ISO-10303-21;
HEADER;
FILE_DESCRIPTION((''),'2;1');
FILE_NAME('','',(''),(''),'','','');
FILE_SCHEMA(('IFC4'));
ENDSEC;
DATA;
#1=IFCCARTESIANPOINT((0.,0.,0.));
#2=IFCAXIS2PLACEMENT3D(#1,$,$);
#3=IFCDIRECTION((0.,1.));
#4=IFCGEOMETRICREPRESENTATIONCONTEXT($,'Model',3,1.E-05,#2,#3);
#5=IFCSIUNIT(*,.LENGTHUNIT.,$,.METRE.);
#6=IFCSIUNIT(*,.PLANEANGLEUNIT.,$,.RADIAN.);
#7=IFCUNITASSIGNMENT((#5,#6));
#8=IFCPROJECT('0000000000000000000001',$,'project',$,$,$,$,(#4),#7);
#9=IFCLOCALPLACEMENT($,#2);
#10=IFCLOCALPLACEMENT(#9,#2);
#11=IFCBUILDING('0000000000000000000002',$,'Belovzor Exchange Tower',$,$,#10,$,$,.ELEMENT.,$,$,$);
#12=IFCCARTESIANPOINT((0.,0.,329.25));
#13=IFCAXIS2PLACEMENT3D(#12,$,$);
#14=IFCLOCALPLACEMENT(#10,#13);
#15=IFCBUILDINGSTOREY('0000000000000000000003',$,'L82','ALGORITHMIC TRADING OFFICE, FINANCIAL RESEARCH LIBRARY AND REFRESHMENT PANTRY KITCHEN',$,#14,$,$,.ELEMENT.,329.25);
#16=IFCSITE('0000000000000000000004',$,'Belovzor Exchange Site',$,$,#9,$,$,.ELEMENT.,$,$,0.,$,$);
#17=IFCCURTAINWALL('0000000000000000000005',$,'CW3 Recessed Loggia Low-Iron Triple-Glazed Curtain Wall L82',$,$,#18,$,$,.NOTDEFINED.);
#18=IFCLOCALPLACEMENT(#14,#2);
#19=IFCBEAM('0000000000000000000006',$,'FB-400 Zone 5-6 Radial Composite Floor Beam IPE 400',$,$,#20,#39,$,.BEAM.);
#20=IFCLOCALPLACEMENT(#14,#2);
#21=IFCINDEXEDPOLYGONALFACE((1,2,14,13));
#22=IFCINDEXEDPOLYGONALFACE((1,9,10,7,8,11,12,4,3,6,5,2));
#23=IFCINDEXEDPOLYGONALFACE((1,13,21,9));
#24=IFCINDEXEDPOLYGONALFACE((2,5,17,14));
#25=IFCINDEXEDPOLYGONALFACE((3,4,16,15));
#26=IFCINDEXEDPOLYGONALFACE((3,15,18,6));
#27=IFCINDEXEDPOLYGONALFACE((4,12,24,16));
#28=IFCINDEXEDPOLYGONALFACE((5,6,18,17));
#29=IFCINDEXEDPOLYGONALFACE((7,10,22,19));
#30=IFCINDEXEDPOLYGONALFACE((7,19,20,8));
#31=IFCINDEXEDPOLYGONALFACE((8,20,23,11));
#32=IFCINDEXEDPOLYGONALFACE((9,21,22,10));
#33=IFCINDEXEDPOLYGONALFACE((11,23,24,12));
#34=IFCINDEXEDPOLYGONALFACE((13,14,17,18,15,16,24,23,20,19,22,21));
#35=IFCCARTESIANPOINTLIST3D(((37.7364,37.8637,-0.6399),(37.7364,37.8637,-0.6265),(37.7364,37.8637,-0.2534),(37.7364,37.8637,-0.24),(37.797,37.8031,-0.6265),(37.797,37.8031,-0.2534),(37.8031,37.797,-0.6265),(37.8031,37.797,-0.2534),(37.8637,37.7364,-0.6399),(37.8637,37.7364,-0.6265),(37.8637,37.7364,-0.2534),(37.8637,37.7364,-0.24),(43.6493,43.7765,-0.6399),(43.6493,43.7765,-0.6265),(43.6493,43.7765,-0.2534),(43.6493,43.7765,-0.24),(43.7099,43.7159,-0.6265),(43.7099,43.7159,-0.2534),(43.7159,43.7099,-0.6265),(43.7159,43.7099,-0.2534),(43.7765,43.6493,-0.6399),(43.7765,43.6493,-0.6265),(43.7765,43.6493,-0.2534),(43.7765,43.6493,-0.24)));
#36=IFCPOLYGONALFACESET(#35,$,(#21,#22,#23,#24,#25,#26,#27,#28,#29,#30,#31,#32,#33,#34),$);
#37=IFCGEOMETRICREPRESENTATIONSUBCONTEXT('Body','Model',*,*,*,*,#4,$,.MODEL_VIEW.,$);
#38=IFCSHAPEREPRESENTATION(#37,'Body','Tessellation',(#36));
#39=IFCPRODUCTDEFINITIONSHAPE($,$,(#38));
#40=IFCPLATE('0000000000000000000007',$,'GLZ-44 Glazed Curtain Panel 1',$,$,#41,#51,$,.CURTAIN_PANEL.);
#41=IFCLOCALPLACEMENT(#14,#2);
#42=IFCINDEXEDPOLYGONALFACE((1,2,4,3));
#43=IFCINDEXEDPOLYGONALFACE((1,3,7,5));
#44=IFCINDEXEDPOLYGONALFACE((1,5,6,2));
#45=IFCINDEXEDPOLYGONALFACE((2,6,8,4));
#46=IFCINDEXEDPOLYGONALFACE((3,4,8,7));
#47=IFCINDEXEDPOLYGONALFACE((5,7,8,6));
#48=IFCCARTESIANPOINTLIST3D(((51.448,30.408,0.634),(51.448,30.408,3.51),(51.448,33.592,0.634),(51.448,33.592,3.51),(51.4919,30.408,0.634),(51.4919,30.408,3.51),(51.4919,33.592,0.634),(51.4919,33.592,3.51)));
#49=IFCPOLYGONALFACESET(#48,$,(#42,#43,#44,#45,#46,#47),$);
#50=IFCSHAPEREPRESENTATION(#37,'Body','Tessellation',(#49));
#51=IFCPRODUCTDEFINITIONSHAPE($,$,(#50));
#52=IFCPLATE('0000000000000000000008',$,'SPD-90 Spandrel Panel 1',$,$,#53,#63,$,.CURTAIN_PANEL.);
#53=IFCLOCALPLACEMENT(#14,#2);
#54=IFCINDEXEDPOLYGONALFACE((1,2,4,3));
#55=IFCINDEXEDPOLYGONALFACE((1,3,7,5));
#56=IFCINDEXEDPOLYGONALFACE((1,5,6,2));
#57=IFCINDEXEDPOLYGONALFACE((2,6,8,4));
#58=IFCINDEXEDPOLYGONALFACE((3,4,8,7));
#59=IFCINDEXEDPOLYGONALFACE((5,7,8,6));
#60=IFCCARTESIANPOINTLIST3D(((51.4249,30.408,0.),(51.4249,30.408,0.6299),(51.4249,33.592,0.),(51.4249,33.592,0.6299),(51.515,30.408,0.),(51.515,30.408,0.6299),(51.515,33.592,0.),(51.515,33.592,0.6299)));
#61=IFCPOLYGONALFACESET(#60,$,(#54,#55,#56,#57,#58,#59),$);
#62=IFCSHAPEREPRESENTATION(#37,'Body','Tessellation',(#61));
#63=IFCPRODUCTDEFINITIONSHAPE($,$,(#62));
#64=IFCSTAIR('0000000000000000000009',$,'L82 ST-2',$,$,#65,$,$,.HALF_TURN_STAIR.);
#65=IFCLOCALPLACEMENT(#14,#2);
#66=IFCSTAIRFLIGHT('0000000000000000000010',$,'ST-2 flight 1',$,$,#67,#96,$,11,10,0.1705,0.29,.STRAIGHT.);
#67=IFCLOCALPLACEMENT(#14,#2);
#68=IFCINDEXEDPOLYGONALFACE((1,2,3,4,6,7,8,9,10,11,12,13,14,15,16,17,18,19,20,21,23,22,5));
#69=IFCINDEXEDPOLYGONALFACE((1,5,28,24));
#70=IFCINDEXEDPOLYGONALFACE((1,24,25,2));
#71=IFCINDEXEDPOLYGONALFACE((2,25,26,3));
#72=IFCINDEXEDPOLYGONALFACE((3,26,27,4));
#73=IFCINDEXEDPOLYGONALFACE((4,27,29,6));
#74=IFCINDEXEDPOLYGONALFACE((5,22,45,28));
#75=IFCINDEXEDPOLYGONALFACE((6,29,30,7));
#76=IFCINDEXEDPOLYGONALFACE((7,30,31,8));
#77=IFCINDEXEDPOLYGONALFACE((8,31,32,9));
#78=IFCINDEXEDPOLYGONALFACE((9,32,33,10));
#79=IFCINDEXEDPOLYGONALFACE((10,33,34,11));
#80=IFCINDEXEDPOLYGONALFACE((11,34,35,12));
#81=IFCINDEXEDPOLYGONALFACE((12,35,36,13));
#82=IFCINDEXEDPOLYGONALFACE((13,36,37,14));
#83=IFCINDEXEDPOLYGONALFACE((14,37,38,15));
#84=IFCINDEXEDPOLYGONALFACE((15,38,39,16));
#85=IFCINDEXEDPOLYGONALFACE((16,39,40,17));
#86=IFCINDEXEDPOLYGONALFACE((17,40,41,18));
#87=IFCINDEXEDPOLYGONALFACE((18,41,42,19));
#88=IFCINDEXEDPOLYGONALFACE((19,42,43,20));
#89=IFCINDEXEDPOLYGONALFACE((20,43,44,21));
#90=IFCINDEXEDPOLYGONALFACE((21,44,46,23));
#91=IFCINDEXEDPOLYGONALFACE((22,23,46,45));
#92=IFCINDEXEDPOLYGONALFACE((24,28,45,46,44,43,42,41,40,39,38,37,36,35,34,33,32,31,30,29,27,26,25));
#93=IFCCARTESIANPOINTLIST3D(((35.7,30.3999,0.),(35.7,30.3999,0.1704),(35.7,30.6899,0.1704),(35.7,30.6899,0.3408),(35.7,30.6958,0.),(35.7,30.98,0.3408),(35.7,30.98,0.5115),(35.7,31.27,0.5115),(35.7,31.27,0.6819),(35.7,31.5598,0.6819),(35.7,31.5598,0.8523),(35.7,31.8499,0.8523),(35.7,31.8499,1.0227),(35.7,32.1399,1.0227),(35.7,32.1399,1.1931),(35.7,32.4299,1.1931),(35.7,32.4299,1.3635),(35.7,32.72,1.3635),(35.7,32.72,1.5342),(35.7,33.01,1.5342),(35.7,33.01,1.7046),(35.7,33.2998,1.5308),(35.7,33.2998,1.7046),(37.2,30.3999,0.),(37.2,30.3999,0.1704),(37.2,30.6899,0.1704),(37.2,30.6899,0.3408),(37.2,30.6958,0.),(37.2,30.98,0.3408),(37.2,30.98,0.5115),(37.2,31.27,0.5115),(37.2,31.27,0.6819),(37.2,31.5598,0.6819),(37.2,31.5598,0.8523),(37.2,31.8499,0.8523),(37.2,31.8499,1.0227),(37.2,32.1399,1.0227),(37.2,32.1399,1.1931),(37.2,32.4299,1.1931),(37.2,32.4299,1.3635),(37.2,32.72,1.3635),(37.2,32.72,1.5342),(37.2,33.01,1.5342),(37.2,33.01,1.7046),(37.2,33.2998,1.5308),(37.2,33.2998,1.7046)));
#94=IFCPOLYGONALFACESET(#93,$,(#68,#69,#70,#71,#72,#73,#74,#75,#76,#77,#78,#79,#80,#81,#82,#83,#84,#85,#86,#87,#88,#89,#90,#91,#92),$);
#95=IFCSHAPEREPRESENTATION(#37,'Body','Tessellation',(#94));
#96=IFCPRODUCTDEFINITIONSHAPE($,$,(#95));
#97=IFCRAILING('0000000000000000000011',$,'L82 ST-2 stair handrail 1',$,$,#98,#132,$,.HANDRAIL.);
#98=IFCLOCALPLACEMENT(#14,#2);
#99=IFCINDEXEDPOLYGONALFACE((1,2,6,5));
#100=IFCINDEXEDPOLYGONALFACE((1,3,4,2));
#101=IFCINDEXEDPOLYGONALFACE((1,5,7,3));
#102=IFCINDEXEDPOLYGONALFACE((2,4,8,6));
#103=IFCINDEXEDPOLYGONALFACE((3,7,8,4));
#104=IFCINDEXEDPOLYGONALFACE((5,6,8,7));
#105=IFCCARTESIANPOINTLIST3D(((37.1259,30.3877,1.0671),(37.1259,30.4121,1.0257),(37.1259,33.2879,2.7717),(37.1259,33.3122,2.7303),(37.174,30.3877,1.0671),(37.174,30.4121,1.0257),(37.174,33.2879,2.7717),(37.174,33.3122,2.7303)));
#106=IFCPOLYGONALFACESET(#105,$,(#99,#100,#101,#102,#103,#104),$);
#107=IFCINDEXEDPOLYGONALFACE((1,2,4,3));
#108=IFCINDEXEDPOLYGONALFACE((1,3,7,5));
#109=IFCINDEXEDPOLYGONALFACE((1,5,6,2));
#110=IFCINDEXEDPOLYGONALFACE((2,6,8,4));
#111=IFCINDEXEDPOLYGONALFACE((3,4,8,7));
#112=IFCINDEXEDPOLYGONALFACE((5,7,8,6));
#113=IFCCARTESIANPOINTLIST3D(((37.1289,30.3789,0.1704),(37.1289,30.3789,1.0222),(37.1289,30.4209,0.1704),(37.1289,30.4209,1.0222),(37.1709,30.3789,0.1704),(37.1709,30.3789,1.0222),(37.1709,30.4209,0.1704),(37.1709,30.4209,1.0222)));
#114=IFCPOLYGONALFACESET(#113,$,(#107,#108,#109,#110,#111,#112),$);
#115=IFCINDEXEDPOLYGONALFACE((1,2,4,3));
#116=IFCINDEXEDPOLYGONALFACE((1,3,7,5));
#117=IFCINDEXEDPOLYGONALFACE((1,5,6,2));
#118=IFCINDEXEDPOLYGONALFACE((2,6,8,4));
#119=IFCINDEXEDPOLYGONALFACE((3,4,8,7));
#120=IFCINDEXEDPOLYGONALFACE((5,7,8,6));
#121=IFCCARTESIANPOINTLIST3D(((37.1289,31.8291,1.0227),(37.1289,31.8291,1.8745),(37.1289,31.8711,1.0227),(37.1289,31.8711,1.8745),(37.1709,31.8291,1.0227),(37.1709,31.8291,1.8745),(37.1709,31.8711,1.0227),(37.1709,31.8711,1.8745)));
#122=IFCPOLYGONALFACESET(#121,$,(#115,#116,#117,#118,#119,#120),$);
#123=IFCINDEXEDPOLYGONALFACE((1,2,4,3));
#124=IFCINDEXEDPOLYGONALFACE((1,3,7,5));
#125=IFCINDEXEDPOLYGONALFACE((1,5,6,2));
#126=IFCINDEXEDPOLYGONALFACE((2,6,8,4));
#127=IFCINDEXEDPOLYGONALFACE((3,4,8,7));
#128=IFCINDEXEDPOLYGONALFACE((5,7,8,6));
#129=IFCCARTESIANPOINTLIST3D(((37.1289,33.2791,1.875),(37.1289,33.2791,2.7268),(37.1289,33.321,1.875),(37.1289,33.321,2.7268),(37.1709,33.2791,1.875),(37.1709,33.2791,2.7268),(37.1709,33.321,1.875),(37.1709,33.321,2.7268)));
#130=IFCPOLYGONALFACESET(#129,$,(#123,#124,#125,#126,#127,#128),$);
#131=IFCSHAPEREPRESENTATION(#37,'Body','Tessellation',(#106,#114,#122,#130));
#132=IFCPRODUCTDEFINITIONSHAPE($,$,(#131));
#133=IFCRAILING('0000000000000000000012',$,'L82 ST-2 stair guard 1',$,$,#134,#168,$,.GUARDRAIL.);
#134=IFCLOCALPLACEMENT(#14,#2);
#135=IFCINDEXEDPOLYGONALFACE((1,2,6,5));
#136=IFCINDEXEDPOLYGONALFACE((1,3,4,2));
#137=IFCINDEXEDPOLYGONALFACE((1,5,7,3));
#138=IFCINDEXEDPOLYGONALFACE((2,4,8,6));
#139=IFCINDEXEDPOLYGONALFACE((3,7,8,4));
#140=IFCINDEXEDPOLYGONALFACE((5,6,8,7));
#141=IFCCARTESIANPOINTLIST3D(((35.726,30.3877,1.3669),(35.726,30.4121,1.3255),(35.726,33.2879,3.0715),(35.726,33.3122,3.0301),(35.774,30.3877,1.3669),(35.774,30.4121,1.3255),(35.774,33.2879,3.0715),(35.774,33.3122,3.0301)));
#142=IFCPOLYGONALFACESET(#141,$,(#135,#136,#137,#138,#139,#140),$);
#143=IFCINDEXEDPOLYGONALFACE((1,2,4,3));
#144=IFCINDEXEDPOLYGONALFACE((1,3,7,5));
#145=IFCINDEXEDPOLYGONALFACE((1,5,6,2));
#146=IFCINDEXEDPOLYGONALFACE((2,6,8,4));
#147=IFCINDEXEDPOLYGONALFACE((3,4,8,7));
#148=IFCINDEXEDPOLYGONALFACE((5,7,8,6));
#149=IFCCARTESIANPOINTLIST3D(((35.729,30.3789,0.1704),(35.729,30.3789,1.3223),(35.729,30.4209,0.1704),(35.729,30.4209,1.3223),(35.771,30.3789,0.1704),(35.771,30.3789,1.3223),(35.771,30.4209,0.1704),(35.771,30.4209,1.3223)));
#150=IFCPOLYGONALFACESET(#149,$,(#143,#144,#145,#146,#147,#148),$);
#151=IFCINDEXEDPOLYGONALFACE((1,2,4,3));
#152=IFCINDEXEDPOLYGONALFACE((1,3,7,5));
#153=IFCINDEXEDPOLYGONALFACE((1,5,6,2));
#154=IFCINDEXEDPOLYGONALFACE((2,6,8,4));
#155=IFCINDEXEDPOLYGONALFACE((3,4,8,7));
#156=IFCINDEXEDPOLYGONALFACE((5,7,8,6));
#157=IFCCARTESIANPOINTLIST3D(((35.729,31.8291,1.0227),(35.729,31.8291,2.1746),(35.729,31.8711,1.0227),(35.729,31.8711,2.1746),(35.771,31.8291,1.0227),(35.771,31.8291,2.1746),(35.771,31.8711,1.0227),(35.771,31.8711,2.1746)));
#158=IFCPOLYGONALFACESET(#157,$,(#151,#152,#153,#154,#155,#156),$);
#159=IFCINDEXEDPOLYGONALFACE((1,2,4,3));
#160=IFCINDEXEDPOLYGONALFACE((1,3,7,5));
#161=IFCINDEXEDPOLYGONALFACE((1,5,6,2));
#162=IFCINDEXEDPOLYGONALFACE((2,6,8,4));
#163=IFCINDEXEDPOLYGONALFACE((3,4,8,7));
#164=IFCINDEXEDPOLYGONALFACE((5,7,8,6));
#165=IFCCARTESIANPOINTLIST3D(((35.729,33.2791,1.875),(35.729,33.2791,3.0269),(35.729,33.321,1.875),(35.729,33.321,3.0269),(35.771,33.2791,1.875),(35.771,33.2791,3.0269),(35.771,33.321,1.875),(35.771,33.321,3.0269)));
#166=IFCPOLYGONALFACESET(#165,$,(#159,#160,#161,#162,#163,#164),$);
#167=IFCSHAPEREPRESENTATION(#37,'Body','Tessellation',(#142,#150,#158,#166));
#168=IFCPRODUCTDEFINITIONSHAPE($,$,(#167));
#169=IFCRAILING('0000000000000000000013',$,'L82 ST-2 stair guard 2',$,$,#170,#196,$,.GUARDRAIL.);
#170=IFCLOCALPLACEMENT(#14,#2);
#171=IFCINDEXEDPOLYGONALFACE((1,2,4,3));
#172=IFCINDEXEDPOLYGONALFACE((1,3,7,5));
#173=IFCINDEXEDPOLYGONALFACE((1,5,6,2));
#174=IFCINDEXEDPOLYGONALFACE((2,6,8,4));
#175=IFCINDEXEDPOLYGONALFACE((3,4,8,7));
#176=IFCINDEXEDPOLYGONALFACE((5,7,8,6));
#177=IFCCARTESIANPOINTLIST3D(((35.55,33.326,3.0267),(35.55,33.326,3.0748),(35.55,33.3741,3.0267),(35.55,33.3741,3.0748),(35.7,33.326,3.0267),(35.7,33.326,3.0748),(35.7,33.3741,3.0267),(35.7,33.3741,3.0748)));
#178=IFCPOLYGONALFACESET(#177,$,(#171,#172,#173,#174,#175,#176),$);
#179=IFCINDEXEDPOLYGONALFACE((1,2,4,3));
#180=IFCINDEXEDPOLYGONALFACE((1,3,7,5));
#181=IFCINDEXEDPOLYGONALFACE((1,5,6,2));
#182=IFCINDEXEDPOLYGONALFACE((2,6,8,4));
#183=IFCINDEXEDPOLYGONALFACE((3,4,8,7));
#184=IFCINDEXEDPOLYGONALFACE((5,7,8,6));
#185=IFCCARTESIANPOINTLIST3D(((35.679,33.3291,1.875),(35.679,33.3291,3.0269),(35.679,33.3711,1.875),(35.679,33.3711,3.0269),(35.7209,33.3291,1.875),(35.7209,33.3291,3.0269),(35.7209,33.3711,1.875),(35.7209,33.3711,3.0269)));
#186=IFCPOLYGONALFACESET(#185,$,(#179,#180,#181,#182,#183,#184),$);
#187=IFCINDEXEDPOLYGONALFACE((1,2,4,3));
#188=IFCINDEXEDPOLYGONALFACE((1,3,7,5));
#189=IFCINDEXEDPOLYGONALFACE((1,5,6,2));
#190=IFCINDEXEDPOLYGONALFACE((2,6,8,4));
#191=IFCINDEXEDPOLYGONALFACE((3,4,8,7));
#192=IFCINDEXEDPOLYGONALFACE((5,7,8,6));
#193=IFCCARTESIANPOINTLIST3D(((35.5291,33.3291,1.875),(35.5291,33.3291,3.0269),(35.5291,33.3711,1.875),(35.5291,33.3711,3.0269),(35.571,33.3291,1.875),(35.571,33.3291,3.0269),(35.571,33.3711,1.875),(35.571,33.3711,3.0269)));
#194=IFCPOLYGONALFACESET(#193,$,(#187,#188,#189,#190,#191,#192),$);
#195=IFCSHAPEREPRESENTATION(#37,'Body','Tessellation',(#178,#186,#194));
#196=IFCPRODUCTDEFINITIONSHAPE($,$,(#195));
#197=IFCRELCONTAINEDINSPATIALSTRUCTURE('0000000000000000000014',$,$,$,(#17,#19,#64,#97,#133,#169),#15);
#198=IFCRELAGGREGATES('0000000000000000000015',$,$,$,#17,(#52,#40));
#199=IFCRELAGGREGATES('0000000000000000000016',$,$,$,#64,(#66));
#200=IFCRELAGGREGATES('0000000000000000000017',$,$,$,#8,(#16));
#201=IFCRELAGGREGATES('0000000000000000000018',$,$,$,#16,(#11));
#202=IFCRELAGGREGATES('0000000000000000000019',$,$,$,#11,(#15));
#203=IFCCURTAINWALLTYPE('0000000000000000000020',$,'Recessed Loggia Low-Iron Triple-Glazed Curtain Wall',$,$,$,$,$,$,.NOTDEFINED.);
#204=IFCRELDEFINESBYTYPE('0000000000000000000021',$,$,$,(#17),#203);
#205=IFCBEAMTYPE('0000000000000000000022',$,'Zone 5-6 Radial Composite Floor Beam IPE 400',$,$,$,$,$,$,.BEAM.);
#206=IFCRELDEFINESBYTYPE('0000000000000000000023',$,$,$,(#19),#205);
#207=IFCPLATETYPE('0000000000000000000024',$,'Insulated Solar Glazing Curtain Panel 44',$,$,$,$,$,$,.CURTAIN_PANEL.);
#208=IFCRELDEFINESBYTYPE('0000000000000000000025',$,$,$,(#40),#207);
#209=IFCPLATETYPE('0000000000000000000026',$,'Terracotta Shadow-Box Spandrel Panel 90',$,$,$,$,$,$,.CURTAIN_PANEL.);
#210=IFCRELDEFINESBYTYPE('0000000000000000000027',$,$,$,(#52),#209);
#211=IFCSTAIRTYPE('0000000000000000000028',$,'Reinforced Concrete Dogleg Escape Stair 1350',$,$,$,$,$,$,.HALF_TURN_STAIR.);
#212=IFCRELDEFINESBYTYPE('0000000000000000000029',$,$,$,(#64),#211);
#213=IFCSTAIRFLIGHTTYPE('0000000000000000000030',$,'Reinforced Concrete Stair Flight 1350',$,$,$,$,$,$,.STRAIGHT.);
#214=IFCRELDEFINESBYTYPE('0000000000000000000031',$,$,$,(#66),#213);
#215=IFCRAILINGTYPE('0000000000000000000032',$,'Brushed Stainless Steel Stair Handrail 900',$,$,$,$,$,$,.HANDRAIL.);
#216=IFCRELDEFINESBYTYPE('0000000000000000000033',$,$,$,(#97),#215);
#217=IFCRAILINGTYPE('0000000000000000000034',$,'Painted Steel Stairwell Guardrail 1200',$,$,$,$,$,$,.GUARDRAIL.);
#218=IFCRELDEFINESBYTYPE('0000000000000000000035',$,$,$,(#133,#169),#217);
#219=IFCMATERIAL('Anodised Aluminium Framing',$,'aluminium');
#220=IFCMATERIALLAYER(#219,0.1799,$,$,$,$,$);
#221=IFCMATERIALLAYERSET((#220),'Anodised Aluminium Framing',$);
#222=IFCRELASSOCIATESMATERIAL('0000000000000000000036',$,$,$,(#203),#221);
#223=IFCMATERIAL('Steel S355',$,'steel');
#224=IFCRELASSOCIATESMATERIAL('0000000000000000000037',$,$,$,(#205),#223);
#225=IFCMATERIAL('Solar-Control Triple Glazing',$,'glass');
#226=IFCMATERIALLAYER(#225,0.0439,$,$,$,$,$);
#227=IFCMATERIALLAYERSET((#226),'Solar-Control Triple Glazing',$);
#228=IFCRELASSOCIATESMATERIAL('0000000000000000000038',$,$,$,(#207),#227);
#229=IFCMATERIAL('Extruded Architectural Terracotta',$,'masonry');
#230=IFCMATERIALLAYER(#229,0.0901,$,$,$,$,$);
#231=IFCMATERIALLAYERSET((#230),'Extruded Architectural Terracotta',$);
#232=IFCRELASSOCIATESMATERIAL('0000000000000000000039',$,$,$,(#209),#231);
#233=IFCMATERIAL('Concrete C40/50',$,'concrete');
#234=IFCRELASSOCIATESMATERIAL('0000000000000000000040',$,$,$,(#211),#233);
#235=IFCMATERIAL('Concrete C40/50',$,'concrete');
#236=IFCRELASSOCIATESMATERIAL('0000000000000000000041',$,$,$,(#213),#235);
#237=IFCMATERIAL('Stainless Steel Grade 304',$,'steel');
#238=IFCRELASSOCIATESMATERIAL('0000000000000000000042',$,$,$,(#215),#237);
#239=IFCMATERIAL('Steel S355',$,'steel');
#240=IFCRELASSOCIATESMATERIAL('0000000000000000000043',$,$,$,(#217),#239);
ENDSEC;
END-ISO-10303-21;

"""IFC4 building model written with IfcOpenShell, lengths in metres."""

from ifc_helpers import new_model, si_unit, direction, frame, origin, origin_2d, place, context, subcontext, project, spatial, polyline, rectangle, i_section, outline, extrude, material, layer, layer_set, material_profile, profile_set, type_object, element, aggregate, save


model = new_model("IFC4")

# Units and contexts
model_context = context("Model", 3, precision=1e-05, world=origin(), true_north=direction((0.0, 1.0)))
body_context = subcontext(model_context, "Body", "Model", "MODEL_VIEW")
ifc_project = project(units=[si_unit("LENGTHUNIT", "METRE"), si_unit("PLANEANGLEUNIT", "RADIAN")], contexts=[model_context])

# Site, building, storey
site_placement = place(None, origin())
site = spatial("IfcSite", under=ifc_project, at=site_placement, Name="Belovzor Exchange Site", CompositionType="ELEMENT", RefElevation=0.0)
building_placement = place(site_placement, origin())
building = spatial("IfcBuilding", under=site, at=building_placement, Name="Belovzor Exchange Tower", CompositionType="ELEMENT")
storey_placement = place(building_placement, frame((0.0, 0.0, 329.25)))
storey = spatial("IfcBuildingStorey", under=building, at=storey_placement, Name="L82", Description="ALGORITHMIC TRADING OFFICE, FINANCIAL RESEARCH LIBRARY AND REFRESHMENT PANTRY KITCHEN", CompositionType="ELEMENT", Elevation=329.25)

# Curtain wall
ifc_material_1 = material(Name="Anodised Aluminium Framing", Category="aluminium")
ifc_layer_1 = layer(ifc_material_1, 0.1799)
ifc_layer_set_1 = layer_set([ifc_layer_1], Name="Anodised Aluminium Framing")
curtain_wall_type = type_object("IfcCurtainWallType", Name="Recessed Loggia Low-Iron Triple-Glazed Curtain Wall", PredefinedType="NOTDEFINED", material=ifc_layer_set_1)
curtain_wall_placement = place(storey_placement, origin())
curtain_wall = element("IfcCurtainWall", 1, at=curtain_wall_placement, inside=storey, type_object=curtain_wall_type, Name="CW3 Recessed Loggia Low-Iron Triple-Glazed Curtain Wall L82", PredefinedType="NOTDEFINED")

# Beam
ifc_material_2 = material(Name="Steel S355", Category="steel")
ifc_material_profile_1 = material_profile(ifc_material_2, i_section(OverallWidth=0.1799, OverallDepth=0.3999, WebThickness=0.0085, FlangeThickness=0.0134, at=origin_2d()))
ifc_profile_set_1 = profile_set([ifc_material_profile_1], Name="Steel S355")
beam_type_1 = type_object("IfcBeamType", Name="Zone 5-6 Radial Composite Floor Beam IPE 400", PredefinedType="BEAM", material=ifc_profile_set_1)
beam_placement = place(storey_placement, frame((37.8, 37.8, -0.4399), z_axis=(0.707107, 0.707107, 0.0), x_axis=(-0.707107, 0.707107, 0.0)))
element("IfcBeam", 2, at=beam_placement, inside=storey, type_object=beam_type_1, Name="FB-400 Zone 5-6 Radial Composite Floor Beam IPE 400", PredefinedType="BEAM", context=body_context, shape_type="SweptSolid", body=[
    extrude(i_section(OverallWidth=0.1799, OverallDepth=0.3999, WebThickness=0.0085, FlangeThickness=0.0134, at=origin_2d()), origin(), (0.0, 0.0, 1.0), 8.3621),
])

# Plates
ifc_material_3 = material(Name="Solar-Control Triple Glazing", Category="glass")
ifc_layer_2 = layer(ifc_material_3, 0.0439)
ifc_layer_set_2 = layer_set([ifc_layer_2], Name="Solar-Control Triple Glazing")
plate_type_1 = type_object("IfcPlateType", Name="Insulated Solar Glazing Curtain Panel 44", PredefinedType="CURTAIN_PANEL", material=ifc_layer_set_2)
plate_1_placement = place(storey_placement, frame((51.47, 32.0, 0.634), z_axis=(0.0, 0.0, 1.0), x_axis=(0.0, -1.0, 0.0)))
plate_1 = element("IfcPlate", 3, at=plate_1_placement, type_object=plate_type_1, Name="GLZ-44 Glazed Curtain Panel 1", PredefinedType="CURTAIN_PANEL", context=body_context, shape_type="SweptSolid", body=[
    extrude(rectangle(XDim=3.1841, YDim=0.0439, at=origin_2d()), origin(), (0.0, 0.0, 1.0), 2.876),
])
ifc_material_4 = material(Name="Extruded Architectural Terracotta", Category="masonry")
ifc_layer_3 = layer(ifc_material_4, 0.0901)
ifc_layer_set_3 = layer_set([ifc_layer_3], Name="Extruded Architectural Terracotta")
plate_type_2 = type_object("IfcPlateType", Name="Terracotta Shadow-Box Spandrel Panel 90", PredefinedType="CURTAIN_PANEL", material=ifc_layer_set_3)
plate_2_placement = place(storey_placement, frame((51.47, 32.0, 0.0), z_axis=(0.0, 0.0, 1.0), x_axis=(0.0, -1.0, 0.0)))
plate_2 = element("IfcPlate", 4, at=plate_2_placement, type_object=plate_type_2, Name="SPD-90 Spandrel Panel 1", PredefinedType="CURTAIN_PANEL", context=body_context, shape_type="SweptSolid", body=[
    extrude(rectangle(XDim=3.1841, YDim=0.0901, at=origin_2d()), origin(), (0.0, 0.0, 1.0), 0.6299),
])
aggregate(curtain_wall, [plate_2, plate_1])

# Stair, stair flight
ifc_material_5 = material(Name="Concrete C40/50", Category="concrete")
stair_type = type_object("IfcStairType", Name="Reinforced Concrete Dogleg Escape Stair 1350", PredefinedType="HALF_TURN_STAIR", material=ifc_material_5)
stair_placement = place(storey_placement, origin())
stair = element("IfcStair", 5, at=stair_placement, inside=storey, type_object=stair_type, Name="L82 ST-2", PredefinedType="HALF_TURN_STAIR")
ifc_material_6 = material(Name="Concrete C40/50", Category="concrete")
stair_flight_type = type_object("IfcStairFlightType", Name="Reinforced Concrete Stair Flight 1350", PredefinedType="STRAIGHT", material=ifc_material_6)
stair_flight_placement = place(storey_placement, frame((36.45, 30.3999, 0.0), z_axis=(0.0, 0.0, 1.0), x_axis=(0.0, 1.0, 0.0)))
stair_flight = element("IfcStairFlight", 6, at=stair_flight_placement, type_object=stair_flight_type, Name="ST-2 flight 1", NumberOfRisers=11, NumberOfTreads=10, PredefinedType="STRAIGHT", RiserHeight=0.1705, TreadLength=0.29, context=body_context, shape_type="SweptSolid", body=[
    extrude(outline(polyline([(0.0, 0.0), (0.0, 0.1704), (0.29, 0.1704), (0.29, 0.3408), (0.5801, 0.3408), (0.5801, 0.5115), (0.8701, 0.5115), (0.8701, 0.6819), (1.1599, 0.6819), (1.1599, 0.8523), (1.45, 0.8523), (1.45, 1.0227), (1.74, 1.0227), (1.74, 1.1931), (2.03, 1.1931), (2.03, 1.3635), (2.3201, 1.3635), (2.3201, 1.5342), (2.6101, 1.5342), (2.6101, 1.7046), (2.8999, 1.7046), (2.8999, 1.875), (2.8999, 1.5308), (0.2959, 0.0), (0.0, 0.0)])), frame((0.0, 0.75, 0.0), z_axis=(0.0, -1.0, 0.0), x_axis=(1.0, 0.0, 0.0)), (0.0, 0.0, 1.0), 1.5),
])
aggregate(stair, [stair_flight])

# Railings
ifc_material_7 = material(Name="Stainless Steel Grade 304", Category="steel")
railing_type_1 = type_object("IfcRailingType", Name="Brushed Stainless Steel Stair Handrail 900", PredefinedType="HANDRAIL", material=ifc_material_7)
railing_1_placement = place(storey_placement, frame((37.1499, 30.3999, 0.1704)))
element("IfcRailing", 7, at=railing_1_placement, inside=storey, type_object=railing_type_1, Name="L82 ST-2 stair handrail 1", PredefinedType="HANDRAIL", context=body_context, shape_type="SweptSolid", body=[
    extrude(rectangle(XDim=0.0481, YDim=0.0481, at=origin_2d()), frame((0.0, 0.0, 0.876), z_axis=(0.0, 0.862113, 0.506716), x_axis=(-1.0, 0.0, 0.0)), (0.0, 0.0, 1.0), 3.364),
    extrude(rectangle(XDim=0.042, YDim=0.042, at=origin_2d()), origin(), (0.0, 0.0, 1.0), 0.8518),
    extrude(rectangle(XDim=0.042, YDim=0.042, at=origin_2d()), frame((0.0, 1.4502, 0.8523)), (0.0, 0.0, 1.0), 0.8518),
    extrude(rectangle(XDim=0.042, YDim=0.042, at=origin_2d()), frame((0.0, 2.9001, 1.7046)), (0.0, 0.0, 1.0), 0.8518),
])
ifc_material_8 = material(Name="Steel S355", Category="steel")
railing_type_2 = type_object("IfcRailingType", Name="Painted Steel Stairwell Guardrail 1200", PredefinedType="GUARDRAIL", material=ifc_material_8)
railing_2_placement = place(storey_placement, frame((35.75, 30.3999, 0.1704)))
element("IfcRailing", 8, at=railing_2_placement, inside=storey, type_object=railing_type_2, Name="L82 ST-2 stair guard 1", PredefinedType="GUARDRAIL", context=body_context, shape_type="SweptSolid", body=[
    extrude(rectangle(XDim=0.0481, YDim=0.0481, at=origin_2d()), frame((0.0, 0.0, 1.1758), z_axis=(0.0, 0.862113, 0.506716), x_axis=(-1.0, 0.0, 0.0)), (0.0, 0.0, 1.0), 3.364),
    extrude(rectangle(XDim=0.042, YDim=0.042, at=origin_2d()), origin(), (0.0, 0.0, 1.0), 1.1519),
    extrude(rectangle(XDim=0.042, YDim=0.042, at=origin_2d()), frame((0.0, 1.4502, 0.8523)), (0.0, 0.0, 1.0), 1.1519),
    extrude(rectangle(XDim=0.042, YDim=0.042, at=origin_2d()), frame((0.0, 2.9001, 1.7046)), (0.0, 0.0, 1.0), 1.1519),
])
railing_3_placement = place(storey_placement, frame((35.7, 33.3501, 1.875)))
element("IfcRailing", 9, at=railing_3_placement, inside=storey, type_object=railing_type_2, Name="L82 ST-2 stair guard 2", PredefinedType="GUARDRAIL", context=body_context, shape_type="SweptSolid", body=[
    extrude(rectangle(XDim=0.0481, YDim=0.0481, at=origin_2d()), frame((0.0, 0.0, 1.1758), z_axis=(-1.0, 0.0, 0.0), x_axis=(0.0, -1.0, 0.0)), (0.0, 0.0, 1.0), 0.1499),
    extrude(rectangle(XDim=0.042, YDim=0.042, at=origin_2d()), origin(), (0.0, 0.0, 1.0), 1.1519),
    extrude(rectangle(XDim=0.042, YDim=0.042, at=origin_2d()), frame((-0.1499, 0.0, 0.0)), (0.0, 0.0, 1.0), 1.1519),
])

save(model, "model.ifc")
